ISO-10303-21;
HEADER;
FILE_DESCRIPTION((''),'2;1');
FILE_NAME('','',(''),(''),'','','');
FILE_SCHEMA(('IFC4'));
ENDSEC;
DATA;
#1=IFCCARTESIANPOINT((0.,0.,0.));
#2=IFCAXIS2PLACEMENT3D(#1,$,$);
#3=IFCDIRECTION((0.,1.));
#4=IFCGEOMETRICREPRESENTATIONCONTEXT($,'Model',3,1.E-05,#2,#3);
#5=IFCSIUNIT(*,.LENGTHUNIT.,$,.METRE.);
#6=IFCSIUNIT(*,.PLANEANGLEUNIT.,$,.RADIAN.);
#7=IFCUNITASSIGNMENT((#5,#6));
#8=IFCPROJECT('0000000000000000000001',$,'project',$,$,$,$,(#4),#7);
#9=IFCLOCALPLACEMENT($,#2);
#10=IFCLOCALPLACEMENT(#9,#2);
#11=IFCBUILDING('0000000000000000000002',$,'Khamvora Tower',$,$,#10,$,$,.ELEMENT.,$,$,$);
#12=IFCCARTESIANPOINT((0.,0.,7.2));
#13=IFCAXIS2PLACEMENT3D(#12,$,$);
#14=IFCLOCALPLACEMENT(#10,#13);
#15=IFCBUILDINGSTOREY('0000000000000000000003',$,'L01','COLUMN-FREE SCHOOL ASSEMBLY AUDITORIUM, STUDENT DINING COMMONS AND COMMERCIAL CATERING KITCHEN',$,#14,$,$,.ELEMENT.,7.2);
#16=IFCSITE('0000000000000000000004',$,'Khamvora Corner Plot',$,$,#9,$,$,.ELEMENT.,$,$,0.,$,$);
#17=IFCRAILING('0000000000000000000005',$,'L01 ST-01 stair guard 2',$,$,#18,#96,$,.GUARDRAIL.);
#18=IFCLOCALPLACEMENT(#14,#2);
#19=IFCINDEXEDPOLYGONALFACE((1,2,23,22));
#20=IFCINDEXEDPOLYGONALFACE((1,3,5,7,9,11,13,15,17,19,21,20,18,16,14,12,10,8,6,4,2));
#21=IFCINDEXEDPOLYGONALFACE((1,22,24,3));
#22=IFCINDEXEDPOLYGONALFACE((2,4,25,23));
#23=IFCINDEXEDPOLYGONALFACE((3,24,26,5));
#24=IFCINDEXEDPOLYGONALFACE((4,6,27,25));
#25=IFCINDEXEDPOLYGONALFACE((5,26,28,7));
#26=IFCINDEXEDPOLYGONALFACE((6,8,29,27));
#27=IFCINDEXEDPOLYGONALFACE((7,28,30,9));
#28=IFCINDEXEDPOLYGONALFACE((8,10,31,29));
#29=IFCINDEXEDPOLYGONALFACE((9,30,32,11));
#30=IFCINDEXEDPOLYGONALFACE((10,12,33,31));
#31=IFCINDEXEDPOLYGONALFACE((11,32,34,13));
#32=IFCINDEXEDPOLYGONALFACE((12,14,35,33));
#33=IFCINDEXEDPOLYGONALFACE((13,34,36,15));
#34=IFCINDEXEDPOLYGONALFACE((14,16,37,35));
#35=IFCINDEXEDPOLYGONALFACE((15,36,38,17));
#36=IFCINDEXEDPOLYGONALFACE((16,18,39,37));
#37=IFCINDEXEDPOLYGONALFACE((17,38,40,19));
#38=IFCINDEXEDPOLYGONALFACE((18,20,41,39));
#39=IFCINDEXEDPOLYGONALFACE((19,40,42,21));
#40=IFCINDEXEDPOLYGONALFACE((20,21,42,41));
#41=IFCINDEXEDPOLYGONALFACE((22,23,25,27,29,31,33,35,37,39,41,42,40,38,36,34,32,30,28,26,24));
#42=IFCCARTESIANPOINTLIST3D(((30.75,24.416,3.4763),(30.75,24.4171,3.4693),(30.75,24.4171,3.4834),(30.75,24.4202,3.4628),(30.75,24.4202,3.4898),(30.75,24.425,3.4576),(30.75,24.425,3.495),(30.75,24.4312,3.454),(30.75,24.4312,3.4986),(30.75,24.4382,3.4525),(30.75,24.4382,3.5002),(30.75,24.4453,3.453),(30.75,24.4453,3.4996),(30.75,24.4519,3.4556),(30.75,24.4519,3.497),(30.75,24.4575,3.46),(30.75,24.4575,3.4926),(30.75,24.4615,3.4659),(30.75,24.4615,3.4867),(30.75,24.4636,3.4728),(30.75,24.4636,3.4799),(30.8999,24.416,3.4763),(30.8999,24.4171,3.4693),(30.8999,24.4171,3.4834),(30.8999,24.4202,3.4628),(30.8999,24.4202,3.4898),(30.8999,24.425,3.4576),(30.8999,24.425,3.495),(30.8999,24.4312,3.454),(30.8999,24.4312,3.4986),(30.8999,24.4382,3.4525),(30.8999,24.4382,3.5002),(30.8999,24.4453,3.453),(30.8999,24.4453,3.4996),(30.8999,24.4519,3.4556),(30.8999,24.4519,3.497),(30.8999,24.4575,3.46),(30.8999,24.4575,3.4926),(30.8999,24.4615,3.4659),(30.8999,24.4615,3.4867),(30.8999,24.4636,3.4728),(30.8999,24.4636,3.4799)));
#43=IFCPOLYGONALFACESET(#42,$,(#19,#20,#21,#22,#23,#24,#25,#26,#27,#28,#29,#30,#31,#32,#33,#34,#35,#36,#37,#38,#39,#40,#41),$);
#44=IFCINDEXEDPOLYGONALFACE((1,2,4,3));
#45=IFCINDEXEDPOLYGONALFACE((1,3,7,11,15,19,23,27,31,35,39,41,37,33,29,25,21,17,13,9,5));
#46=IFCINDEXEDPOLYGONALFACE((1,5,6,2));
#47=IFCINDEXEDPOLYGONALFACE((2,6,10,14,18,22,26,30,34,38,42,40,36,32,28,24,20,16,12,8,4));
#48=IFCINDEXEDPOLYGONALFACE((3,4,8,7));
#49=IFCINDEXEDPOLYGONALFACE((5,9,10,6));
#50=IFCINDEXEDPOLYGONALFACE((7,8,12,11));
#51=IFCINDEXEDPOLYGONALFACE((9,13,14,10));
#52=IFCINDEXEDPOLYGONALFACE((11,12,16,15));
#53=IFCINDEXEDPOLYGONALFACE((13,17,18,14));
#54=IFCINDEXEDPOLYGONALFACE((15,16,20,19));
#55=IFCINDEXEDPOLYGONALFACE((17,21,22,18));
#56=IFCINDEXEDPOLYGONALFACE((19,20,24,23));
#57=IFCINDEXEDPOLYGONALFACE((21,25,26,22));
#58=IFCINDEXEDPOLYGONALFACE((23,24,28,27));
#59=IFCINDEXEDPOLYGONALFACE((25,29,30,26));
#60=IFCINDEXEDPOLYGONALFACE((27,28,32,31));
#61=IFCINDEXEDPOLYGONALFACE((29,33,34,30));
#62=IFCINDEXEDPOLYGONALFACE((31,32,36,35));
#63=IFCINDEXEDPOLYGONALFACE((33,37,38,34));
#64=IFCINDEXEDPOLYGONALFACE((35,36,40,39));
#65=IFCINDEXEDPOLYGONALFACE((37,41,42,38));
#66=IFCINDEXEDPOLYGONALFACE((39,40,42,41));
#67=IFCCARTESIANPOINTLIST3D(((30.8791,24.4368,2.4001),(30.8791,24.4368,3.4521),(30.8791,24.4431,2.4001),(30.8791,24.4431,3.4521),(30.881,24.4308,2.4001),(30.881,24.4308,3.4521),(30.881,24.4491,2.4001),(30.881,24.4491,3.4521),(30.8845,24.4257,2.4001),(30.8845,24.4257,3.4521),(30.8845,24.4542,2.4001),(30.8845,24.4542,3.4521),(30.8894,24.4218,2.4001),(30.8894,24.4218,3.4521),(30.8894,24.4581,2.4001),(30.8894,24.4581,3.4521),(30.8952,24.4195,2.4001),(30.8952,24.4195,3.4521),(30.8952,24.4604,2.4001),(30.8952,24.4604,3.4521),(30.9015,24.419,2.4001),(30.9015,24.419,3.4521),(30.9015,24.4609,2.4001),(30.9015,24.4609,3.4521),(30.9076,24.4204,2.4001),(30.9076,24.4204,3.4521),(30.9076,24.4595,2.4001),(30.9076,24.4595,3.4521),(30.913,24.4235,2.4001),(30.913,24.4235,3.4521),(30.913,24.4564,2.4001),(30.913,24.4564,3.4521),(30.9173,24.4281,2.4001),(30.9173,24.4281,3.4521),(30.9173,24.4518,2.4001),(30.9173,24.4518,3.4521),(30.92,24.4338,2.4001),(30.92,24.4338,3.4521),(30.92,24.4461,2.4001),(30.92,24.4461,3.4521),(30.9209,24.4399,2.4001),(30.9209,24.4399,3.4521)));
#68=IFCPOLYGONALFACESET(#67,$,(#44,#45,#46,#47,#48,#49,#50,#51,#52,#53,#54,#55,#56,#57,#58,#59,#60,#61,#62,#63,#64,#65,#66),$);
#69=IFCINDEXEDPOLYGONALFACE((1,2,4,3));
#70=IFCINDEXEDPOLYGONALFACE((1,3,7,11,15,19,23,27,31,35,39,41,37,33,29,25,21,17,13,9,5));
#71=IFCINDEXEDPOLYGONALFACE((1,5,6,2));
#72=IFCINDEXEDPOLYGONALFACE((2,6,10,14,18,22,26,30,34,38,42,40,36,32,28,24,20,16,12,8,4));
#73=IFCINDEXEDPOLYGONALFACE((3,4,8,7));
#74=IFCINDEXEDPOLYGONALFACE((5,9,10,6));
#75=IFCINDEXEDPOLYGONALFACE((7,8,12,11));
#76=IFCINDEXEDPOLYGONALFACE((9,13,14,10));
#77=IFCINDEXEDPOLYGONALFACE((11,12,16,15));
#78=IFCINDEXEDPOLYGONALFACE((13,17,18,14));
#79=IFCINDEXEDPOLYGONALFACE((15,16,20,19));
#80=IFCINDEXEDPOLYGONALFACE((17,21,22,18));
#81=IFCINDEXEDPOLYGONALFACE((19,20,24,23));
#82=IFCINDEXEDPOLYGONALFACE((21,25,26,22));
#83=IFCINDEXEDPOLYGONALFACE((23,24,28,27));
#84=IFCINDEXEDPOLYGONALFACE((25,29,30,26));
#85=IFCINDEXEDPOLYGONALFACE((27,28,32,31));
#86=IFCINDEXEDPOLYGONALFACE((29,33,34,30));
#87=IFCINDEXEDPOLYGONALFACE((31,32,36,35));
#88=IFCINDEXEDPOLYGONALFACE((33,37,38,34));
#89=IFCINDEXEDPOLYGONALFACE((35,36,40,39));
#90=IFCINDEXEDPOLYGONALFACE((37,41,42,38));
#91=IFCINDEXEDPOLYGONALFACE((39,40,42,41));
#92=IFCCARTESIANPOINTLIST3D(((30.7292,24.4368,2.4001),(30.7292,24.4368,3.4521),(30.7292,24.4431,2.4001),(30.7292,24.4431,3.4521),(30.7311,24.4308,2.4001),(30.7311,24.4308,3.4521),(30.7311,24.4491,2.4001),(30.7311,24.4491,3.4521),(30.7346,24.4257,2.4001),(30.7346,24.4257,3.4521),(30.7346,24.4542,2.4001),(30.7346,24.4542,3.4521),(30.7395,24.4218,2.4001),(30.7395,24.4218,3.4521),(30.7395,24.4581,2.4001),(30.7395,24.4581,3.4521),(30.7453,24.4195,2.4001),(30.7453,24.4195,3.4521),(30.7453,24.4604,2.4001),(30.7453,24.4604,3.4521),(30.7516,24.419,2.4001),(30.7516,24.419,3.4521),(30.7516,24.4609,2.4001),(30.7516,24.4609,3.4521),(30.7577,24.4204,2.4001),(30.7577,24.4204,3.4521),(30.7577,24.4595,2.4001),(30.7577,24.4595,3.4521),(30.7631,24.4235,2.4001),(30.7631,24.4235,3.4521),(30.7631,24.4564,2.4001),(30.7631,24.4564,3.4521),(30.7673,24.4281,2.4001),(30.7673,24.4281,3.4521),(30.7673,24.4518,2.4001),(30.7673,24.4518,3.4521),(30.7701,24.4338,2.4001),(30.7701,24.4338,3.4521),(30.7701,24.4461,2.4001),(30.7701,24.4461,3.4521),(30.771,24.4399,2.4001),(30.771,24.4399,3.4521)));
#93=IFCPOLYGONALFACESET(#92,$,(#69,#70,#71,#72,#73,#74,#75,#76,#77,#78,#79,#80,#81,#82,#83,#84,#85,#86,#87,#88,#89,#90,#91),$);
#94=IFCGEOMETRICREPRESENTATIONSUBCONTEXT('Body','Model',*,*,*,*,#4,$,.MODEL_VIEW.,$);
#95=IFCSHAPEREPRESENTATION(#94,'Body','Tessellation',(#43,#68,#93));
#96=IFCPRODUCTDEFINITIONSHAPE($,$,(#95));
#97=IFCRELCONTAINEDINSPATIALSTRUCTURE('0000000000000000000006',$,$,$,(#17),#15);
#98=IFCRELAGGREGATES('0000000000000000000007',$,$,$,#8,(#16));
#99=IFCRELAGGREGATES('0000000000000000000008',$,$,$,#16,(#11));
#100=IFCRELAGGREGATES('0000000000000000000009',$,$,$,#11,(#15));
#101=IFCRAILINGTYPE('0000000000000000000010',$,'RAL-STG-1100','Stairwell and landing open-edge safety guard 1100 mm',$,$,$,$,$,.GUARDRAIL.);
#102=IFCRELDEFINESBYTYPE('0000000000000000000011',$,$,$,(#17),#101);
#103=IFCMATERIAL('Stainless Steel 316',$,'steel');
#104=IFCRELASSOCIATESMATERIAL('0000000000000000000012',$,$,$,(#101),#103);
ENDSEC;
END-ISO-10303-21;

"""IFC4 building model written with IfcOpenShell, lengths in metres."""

from ifc_helpers import new_model, si_unit, direction, frame, origin, origin_2d, place, context, subcontext, project, spatial, circle, extrude, material, type_object, element, save


model = new_model("IFC4")

# Units and contexts
model_context = context("Model", 3, precision=1e-05, world=origin(), true_north=direction((0.0, 1.0)))
body_context = subcontext(model_context, "Body", "Model", "MODEL_VIEW")
ifc_project = project(units=[si_unit("LENGTHUNIT", "METRE"), si_unit("PLANEANGLEUNIT", "RADIAN")], contexts=[model_context])

# Site, building, storey
site_placement = place(None, origin())
site = spatial("IfcSite", under=ifc_project, at=site_placement, Name="Khamvora Corner Plot", CompositionType="ELEMENT", RefElevation=0.0)
building_placement = place(site_placement, origin())
building = spatial("IfcBuilding", under=site, at=building_placement, Name="Khamvora Tower", CompositionType="ELEMENT")
storey_placement = place(building_placement, frame((0.0, 0.0, 7.2)))
storey = spatial("IfcBuildingStorey", under=building, at=storey_placement, Name="L01", Description="COLUMN-FREE SCHOOL ASSEMBLY AUDITORIUM, STUDENT DINING COMMONS AND COMMERCIAL CATERING KITCHEN", CompositionType="ELEMENT", Elevation=7.2)

# Railing
ifc_material_1 = material(Name="Stainless Steel 316", Category="steel")
railing_type_1 = type_object("IfcRailingType", Name="RAL-STG-1100", Description="Stairwell and landing open-edge safety guard 1100 mm", PredefinedType="GUARDRAIL", material=ifc_material_1)
railing_1_placement = place(storey_placement, frame((30.8999, 24.4399, 2.4001)))
element("IfcRailing", 1, at=railing_1_placement, inside=storey, type_object=railing_type_1, Name="L01 ST-01 stair guard 2", PredefinedType="GUARDRAIL", context=body_context, shape_type="SweptSolid", body=[
    extrude(circle(Radius=0.0239, at=origin_2d()), frame((0.0, 0.0, 1.0762), z_axis=(-1.0, 0.0, 0.0), x_axis=(0.0, -1.0, 0.0)), (0.0, 0.0, 1.0), 0.1499),
    extrude(circle(Radius=0.021, at=origin_2d()), origin(), (0.0, 0.0, 1.0), 1.052),
    extrude(circle(Radius=0.021, at=origin_2d()), frame((-0.1499, 0.0, 0.0)), (0.0, 0.0, 1.0), 1.052),
])

save(model, "model.ifc")
